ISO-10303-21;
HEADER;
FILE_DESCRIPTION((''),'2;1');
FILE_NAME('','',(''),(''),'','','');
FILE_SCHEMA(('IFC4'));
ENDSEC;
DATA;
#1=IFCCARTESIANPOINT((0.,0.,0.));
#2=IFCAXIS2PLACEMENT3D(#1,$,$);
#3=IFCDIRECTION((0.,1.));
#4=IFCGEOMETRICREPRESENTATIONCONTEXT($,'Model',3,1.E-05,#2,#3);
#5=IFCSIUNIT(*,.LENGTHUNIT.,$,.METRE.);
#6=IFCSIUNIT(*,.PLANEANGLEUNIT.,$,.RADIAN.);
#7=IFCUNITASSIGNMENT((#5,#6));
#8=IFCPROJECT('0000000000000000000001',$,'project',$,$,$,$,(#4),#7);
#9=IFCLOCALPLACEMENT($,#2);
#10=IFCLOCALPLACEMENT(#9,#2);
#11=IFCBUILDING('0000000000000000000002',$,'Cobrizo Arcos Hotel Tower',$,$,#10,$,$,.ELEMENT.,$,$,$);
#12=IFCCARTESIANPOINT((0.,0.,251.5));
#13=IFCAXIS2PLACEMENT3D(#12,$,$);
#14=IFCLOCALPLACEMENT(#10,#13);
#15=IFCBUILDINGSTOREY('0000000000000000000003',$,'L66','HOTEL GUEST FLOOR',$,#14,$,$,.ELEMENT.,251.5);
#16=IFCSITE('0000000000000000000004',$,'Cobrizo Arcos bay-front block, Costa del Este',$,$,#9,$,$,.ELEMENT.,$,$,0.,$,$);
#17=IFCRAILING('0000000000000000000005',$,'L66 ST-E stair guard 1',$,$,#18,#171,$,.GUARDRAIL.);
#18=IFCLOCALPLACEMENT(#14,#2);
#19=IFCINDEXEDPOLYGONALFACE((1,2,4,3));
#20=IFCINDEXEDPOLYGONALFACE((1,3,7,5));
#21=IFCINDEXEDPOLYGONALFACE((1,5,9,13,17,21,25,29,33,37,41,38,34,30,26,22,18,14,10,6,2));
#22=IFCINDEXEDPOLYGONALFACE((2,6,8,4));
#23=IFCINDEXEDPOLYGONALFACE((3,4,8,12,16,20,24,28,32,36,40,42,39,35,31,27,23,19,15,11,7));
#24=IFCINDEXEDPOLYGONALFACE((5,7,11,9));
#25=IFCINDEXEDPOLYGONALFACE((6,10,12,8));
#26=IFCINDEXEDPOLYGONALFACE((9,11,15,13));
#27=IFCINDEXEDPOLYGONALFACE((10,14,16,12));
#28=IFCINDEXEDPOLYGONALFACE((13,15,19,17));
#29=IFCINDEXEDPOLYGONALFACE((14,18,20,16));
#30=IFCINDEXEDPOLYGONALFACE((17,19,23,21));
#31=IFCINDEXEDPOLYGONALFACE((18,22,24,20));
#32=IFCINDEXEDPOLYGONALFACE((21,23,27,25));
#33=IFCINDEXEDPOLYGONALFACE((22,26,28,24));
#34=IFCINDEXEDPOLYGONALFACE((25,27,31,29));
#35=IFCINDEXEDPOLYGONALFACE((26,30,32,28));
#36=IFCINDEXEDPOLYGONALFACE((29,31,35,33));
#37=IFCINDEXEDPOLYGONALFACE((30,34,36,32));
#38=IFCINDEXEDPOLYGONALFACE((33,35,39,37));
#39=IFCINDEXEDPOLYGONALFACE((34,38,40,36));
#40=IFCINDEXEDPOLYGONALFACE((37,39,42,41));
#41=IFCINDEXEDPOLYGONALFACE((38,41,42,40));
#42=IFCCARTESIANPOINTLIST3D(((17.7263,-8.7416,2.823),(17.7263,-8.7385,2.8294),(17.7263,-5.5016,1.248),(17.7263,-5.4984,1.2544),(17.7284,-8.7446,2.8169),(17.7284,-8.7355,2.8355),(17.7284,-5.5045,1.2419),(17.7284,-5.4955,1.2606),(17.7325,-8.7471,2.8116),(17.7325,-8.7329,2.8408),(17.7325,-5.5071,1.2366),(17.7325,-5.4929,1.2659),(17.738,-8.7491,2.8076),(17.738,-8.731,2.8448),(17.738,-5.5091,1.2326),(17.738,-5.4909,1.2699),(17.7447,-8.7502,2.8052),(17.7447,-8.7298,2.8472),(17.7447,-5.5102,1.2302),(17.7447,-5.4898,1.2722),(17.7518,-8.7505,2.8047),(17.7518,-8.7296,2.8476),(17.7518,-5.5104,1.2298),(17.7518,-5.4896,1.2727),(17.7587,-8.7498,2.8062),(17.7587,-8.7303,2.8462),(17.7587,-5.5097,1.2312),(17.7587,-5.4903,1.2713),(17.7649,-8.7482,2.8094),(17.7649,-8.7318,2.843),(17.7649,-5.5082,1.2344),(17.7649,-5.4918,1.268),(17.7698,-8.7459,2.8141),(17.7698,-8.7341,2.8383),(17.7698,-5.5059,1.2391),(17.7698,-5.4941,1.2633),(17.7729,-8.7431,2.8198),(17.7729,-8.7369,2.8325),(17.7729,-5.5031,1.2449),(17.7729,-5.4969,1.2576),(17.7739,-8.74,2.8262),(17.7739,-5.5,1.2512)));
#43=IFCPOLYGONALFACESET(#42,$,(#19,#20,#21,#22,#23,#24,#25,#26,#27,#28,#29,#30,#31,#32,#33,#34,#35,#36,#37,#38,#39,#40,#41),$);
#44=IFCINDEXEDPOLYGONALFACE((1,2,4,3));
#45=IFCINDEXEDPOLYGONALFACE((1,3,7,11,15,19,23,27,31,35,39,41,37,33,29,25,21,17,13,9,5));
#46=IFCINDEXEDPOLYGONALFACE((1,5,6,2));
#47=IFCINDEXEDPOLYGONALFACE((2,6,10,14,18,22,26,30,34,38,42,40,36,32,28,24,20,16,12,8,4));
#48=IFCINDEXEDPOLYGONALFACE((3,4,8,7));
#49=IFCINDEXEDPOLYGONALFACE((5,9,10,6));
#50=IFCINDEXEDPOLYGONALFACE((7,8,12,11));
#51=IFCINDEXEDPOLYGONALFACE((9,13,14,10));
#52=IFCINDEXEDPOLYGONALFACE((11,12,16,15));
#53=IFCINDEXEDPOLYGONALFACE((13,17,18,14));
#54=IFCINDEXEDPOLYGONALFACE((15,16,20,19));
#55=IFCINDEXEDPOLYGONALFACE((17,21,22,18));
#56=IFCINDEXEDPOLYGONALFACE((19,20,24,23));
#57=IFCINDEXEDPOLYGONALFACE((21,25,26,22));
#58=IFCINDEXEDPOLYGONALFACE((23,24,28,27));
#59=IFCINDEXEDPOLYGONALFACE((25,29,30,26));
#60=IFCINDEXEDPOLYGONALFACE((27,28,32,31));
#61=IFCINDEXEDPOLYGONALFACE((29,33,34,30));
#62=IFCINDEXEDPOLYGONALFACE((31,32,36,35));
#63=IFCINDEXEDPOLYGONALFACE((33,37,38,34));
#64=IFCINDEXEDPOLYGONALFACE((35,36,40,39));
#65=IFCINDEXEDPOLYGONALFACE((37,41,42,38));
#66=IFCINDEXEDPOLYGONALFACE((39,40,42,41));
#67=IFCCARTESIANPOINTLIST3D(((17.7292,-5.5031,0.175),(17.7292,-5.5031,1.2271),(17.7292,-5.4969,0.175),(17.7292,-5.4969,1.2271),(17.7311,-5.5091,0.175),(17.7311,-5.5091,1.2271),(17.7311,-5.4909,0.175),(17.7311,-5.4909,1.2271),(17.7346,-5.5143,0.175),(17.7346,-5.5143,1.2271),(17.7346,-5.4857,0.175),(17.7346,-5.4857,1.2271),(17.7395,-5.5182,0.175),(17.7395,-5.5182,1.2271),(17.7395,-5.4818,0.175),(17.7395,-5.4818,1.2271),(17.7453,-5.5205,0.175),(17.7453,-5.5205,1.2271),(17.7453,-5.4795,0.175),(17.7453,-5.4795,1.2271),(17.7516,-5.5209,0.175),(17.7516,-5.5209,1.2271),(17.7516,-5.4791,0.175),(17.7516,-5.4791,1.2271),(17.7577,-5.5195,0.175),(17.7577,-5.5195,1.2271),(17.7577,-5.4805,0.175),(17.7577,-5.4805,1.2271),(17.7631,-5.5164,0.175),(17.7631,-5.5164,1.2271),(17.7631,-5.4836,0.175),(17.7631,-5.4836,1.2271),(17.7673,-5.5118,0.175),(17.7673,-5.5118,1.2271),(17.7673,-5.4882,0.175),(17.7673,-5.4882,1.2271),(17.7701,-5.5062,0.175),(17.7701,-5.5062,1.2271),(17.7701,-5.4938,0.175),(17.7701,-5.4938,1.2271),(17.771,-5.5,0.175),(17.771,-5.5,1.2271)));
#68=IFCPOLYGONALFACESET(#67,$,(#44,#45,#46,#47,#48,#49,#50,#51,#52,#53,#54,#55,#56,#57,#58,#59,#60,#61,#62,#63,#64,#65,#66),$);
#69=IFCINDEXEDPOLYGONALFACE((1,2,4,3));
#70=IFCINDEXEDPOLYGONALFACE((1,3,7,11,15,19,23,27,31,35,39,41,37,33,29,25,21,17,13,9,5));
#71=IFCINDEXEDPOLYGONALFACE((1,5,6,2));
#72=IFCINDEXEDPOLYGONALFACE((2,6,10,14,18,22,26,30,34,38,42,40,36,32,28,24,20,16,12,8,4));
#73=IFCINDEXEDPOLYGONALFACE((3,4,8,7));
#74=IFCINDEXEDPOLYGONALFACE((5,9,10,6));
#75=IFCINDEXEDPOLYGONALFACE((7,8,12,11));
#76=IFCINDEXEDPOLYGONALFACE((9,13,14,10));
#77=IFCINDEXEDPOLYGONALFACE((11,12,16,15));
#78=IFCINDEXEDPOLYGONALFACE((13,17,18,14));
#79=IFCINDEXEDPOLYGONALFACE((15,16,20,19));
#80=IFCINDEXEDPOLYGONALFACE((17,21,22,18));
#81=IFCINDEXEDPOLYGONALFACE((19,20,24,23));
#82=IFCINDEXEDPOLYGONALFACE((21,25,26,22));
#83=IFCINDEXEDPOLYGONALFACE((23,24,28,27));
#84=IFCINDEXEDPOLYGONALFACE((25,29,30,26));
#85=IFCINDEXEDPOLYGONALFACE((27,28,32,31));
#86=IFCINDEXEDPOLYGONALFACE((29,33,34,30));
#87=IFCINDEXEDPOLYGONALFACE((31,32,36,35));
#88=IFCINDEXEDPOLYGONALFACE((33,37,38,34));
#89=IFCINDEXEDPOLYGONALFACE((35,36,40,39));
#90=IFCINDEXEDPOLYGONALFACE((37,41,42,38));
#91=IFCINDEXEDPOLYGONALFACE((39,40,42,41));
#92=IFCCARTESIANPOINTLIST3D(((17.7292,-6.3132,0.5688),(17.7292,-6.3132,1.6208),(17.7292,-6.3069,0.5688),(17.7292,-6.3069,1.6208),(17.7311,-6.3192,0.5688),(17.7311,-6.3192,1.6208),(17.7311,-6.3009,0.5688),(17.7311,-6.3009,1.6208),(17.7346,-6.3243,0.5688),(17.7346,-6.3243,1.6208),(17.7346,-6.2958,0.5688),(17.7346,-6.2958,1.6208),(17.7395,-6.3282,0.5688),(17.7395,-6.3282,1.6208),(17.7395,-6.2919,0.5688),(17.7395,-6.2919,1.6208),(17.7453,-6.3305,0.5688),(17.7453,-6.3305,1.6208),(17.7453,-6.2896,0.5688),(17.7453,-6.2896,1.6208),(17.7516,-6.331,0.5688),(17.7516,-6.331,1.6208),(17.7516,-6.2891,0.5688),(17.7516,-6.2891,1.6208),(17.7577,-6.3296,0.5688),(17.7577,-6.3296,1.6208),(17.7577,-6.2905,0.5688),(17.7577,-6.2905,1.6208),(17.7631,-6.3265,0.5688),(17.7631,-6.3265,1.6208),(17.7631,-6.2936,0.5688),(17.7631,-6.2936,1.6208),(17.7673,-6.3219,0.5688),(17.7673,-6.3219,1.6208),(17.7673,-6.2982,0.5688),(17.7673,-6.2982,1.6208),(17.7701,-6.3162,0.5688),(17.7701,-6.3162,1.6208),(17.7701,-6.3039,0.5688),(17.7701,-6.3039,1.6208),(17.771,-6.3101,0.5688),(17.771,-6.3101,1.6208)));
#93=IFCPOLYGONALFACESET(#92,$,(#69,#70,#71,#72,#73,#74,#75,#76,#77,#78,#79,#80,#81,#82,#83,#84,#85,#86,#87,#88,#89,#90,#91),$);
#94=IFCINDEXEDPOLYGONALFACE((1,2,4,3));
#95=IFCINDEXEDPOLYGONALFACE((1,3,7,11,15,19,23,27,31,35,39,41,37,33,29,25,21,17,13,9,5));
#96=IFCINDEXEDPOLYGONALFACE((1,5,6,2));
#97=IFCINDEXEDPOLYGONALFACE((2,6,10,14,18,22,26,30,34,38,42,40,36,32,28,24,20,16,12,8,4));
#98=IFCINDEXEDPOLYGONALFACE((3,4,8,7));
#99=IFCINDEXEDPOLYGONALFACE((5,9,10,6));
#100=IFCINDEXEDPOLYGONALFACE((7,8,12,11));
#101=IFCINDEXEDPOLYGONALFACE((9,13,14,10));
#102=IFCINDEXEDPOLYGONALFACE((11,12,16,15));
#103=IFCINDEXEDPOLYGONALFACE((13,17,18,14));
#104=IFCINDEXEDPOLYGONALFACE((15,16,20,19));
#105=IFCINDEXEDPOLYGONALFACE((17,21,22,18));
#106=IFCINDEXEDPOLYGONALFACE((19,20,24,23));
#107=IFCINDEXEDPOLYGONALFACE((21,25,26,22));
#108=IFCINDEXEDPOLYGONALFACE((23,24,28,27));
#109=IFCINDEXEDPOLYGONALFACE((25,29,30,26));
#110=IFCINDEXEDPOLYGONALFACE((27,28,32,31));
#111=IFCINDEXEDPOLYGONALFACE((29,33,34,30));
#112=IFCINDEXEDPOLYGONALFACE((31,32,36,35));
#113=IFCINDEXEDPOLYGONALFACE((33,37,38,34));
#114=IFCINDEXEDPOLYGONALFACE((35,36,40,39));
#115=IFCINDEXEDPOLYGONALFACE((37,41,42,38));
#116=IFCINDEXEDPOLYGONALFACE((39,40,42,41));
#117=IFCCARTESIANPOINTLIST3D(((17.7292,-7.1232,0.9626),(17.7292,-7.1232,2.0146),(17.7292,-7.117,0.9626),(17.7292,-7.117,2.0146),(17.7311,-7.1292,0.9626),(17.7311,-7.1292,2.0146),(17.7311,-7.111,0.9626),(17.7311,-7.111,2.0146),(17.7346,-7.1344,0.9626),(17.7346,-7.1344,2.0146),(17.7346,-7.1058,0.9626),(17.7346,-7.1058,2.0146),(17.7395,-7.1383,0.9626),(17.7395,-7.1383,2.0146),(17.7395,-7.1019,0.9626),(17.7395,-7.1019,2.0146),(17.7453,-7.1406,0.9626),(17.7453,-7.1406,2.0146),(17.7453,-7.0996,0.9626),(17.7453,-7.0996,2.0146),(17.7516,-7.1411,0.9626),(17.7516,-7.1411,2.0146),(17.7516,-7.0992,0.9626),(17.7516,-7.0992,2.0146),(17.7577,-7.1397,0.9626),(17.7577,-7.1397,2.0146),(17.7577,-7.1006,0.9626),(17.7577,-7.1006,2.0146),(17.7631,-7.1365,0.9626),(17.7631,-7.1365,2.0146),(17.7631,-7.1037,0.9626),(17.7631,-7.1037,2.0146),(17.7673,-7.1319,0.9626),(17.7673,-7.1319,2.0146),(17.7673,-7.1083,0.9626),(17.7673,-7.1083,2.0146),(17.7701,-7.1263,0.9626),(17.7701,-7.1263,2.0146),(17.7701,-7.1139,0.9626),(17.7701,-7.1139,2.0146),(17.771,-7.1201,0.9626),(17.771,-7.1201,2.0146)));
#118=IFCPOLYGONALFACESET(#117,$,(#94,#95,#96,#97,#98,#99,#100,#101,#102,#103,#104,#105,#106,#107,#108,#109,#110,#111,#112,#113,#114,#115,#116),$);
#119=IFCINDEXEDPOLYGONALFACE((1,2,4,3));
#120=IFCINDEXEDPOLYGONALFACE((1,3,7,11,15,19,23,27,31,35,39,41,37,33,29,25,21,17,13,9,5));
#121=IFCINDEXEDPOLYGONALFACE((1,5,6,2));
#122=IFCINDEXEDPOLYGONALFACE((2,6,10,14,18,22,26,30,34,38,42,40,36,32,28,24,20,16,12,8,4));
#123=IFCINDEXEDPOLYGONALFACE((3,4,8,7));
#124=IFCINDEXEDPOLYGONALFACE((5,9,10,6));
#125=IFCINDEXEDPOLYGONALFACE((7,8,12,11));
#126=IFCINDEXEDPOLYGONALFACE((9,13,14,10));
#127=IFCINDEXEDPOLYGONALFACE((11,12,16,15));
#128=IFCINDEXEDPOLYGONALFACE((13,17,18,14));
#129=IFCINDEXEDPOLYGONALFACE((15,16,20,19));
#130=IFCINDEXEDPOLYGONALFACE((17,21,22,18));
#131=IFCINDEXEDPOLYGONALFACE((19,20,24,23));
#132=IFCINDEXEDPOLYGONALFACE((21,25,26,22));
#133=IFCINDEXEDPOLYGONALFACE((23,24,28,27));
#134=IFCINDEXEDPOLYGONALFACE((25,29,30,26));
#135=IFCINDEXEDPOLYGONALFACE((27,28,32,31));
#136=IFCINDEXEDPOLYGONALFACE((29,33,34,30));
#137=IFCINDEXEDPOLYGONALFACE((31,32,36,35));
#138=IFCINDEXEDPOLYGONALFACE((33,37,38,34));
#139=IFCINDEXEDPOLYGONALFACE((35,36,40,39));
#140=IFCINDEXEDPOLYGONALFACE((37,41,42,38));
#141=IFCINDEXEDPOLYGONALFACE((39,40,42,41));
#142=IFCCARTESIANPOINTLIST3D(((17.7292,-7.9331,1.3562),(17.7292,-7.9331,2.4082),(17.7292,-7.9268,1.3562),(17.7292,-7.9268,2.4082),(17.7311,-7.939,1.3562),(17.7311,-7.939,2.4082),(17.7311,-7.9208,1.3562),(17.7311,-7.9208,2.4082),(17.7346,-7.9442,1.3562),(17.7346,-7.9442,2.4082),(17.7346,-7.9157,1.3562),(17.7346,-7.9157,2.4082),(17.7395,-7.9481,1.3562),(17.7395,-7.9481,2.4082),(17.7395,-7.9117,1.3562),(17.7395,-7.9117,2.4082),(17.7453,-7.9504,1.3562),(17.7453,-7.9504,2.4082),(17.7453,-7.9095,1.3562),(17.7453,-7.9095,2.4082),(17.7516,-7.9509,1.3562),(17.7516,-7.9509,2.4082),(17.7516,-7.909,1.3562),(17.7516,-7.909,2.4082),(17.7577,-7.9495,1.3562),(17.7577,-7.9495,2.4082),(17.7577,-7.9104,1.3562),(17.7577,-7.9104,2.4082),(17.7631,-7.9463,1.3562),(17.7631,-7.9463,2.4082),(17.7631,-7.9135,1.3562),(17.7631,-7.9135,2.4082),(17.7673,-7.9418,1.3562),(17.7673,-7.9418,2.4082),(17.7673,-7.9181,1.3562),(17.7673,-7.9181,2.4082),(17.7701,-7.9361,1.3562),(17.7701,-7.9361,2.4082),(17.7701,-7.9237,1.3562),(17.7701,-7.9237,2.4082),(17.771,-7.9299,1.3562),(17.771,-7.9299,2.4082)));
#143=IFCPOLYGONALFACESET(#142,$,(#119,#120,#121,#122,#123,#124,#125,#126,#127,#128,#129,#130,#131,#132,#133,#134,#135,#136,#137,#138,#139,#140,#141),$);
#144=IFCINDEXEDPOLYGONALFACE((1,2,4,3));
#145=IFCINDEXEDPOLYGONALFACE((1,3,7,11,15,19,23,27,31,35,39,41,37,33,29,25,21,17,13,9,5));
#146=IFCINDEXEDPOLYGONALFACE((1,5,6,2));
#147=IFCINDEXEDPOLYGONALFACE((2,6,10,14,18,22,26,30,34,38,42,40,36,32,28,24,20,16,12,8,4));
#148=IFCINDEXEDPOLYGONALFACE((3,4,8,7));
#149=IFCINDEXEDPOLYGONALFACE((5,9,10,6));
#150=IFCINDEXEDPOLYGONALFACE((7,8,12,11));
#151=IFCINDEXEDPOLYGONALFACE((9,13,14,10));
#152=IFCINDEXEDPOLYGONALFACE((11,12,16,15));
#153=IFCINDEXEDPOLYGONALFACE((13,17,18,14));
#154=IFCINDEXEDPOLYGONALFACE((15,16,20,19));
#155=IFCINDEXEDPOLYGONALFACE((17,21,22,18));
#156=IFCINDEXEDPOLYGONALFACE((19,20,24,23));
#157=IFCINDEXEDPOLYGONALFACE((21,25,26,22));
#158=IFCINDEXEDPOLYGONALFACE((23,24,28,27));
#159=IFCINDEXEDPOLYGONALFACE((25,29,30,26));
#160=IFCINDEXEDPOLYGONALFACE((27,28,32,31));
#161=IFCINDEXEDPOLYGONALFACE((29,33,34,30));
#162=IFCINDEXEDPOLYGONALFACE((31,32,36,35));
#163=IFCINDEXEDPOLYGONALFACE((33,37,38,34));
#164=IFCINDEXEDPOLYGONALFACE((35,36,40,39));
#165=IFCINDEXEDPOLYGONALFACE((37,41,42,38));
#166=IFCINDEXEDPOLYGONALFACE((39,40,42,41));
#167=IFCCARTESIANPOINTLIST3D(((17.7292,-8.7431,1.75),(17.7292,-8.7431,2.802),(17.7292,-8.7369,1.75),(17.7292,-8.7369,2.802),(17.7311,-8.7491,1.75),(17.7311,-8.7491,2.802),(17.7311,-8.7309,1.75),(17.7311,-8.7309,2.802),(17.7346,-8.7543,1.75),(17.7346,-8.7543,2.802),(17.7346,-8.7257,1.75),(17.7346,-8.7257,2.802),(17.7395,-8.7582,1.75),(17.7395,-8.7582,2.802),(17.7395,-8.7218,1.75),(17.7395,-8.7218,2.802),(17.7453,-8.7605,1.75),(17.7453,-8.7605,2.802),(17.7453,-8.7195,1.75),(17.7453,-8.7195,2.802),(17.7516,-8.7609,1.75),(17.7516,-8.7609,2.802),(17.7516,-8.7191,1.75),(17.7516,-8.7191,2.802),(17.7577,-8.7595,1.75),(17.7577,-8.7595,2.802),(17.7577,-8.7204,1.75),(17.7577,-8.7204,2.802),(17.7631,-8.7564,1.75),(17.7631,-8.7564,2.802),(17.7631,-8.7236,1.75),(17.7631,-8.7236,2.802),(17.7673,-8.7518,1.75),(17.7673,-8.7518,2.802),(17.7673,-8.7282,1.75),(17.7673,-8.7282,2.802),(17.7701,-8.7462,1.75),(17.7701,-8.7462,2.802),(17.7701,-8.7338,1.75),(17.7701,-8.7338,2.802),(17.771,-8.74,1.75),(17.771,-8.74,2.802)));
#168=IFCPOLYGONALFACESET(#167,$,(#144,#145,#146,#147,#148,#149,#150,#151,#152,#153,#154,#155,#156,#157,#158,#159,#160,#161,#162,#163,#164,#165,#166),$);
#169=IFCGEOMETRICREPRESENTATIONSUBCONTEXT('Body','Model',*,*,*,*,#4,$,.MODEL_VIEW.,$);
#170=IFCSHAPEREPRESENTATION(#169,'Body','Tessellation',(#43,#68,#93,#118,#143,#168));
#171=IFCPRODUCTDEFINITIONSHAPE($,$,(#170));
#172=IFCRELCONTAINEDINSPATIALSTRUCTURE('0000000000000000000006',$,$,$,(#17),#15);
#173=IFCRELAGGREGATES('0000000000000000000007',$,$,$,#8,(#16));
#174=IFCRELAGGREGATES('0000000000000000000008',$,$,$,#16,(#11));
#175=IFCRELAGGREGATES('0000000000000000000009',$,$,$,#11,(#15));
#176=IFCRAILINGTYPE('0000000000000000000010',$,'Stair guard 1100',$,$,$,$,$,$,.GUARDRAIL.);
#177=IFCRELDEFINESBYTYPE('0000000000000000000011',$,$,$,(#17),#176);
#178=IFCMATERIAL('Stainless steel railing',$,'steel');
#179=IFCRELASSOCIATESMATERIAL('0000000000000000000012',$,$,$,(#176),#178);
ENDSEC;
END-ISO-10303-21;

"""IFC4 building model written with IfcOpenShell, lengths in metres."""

from ifc_helpers import new_model, si_unit, direction, frame, origin, origin_2d, place, context, subcontext, project, spatial, circle, extrude, material, type_object, element, save


model = new_model("IFC4")

# Units and contexts
model_context = context("Model", 3, precision=1e-05, world=origin(), true_north=direction((0.0, 1.0)))
body_context = subcontext(model_context, "Body", "Model", "MODEL_VIEW")
ifc_project = project(units=[si_unit("LENGTHUNIT", "METRE"), si_unit("PLANEANGLEUNIT", "RADIAN")], contexts=[model_context])

# Site, building, storey
site_placement = place(None, origin())
site = spatial("IfcSite", under=ifc_project, at=site_placement, Name="Cobrizo Arcos bay-front block, Costa del Este", CompositionType="ELEMENT", RefElevation=0.0)
building_placement = place(site_placement, origin())
building = spatial("IfcBuilding", under=site, at=building_placement, Name="Cobrizo Arcos Hotel Tower", CompositionType="ELEMENT")
storey_placement = place(building_placement, frame((0.0, 0.0, 251.5)))
storey = spatial("IfcBuildingStorey", under=building, at=storey_placement, Name="L66", Description="HOTEL GUEST FLOOR", CompositionType="ELEMENT", Elevation=251.5)

# Railing
ifc_material_1 = material(Name="Stainless steel railing", Category="steel")
railing_type_1 = type_object("IfcRailingType", Name="Stair guard 1100", PredefinedType="GUARDRAIL", material=ifc_material_1)
railing_1_placement = place(storey_placement, frame((17.75, -5.5, 0.175)))
element("IfcRailing", 1, at=railing_1_placement, inside=storey, type_object=railing_type_1, Name="L66 ST-E stair guard 1", PredefinedType="GUARDRAIL", context=body_context, shape_type="SweptSolid", body=[
    extrude(circle(Radius=0.0239, at=origin_2d()), frame((0.0, 0.0, 1.0762), z_axis=(0.0, -0.899373, 0.437183), x_axis=(1.0, 0.0, 0.0)), (0.0, 0.0, 1.0), 3.6025),
    extrude(circle(Radius=0.021, at=origin_2d()), origin(), (0.0, 0.0, 1.0), 1.052),
    extrude(circle(Radius=0.021, at=origin_2d()), frame((0.0, -0.8101, 0.3938)), (0.0, 0.0, 1.0), 1.052),
    extrude(circle(Radius=0.021, at=origin_2d()), frame((0.0, -1.6201, 0.7876)), (0.0, 0.0, 1.0), 1.052),
    extrude(circle(Radius=0.021, at=origin_2d()), frame((0.0, -2.4299, 1.1812)), (0.0, 0.0, 1.0), 1.052),
    extrude(circle(Radius=0.021, at=origin_2d()), frame((0.0, -3.24, 1.575)), (0.0, 0.0, 1.0), 1.052),
])

save(model, "model.ifc")
